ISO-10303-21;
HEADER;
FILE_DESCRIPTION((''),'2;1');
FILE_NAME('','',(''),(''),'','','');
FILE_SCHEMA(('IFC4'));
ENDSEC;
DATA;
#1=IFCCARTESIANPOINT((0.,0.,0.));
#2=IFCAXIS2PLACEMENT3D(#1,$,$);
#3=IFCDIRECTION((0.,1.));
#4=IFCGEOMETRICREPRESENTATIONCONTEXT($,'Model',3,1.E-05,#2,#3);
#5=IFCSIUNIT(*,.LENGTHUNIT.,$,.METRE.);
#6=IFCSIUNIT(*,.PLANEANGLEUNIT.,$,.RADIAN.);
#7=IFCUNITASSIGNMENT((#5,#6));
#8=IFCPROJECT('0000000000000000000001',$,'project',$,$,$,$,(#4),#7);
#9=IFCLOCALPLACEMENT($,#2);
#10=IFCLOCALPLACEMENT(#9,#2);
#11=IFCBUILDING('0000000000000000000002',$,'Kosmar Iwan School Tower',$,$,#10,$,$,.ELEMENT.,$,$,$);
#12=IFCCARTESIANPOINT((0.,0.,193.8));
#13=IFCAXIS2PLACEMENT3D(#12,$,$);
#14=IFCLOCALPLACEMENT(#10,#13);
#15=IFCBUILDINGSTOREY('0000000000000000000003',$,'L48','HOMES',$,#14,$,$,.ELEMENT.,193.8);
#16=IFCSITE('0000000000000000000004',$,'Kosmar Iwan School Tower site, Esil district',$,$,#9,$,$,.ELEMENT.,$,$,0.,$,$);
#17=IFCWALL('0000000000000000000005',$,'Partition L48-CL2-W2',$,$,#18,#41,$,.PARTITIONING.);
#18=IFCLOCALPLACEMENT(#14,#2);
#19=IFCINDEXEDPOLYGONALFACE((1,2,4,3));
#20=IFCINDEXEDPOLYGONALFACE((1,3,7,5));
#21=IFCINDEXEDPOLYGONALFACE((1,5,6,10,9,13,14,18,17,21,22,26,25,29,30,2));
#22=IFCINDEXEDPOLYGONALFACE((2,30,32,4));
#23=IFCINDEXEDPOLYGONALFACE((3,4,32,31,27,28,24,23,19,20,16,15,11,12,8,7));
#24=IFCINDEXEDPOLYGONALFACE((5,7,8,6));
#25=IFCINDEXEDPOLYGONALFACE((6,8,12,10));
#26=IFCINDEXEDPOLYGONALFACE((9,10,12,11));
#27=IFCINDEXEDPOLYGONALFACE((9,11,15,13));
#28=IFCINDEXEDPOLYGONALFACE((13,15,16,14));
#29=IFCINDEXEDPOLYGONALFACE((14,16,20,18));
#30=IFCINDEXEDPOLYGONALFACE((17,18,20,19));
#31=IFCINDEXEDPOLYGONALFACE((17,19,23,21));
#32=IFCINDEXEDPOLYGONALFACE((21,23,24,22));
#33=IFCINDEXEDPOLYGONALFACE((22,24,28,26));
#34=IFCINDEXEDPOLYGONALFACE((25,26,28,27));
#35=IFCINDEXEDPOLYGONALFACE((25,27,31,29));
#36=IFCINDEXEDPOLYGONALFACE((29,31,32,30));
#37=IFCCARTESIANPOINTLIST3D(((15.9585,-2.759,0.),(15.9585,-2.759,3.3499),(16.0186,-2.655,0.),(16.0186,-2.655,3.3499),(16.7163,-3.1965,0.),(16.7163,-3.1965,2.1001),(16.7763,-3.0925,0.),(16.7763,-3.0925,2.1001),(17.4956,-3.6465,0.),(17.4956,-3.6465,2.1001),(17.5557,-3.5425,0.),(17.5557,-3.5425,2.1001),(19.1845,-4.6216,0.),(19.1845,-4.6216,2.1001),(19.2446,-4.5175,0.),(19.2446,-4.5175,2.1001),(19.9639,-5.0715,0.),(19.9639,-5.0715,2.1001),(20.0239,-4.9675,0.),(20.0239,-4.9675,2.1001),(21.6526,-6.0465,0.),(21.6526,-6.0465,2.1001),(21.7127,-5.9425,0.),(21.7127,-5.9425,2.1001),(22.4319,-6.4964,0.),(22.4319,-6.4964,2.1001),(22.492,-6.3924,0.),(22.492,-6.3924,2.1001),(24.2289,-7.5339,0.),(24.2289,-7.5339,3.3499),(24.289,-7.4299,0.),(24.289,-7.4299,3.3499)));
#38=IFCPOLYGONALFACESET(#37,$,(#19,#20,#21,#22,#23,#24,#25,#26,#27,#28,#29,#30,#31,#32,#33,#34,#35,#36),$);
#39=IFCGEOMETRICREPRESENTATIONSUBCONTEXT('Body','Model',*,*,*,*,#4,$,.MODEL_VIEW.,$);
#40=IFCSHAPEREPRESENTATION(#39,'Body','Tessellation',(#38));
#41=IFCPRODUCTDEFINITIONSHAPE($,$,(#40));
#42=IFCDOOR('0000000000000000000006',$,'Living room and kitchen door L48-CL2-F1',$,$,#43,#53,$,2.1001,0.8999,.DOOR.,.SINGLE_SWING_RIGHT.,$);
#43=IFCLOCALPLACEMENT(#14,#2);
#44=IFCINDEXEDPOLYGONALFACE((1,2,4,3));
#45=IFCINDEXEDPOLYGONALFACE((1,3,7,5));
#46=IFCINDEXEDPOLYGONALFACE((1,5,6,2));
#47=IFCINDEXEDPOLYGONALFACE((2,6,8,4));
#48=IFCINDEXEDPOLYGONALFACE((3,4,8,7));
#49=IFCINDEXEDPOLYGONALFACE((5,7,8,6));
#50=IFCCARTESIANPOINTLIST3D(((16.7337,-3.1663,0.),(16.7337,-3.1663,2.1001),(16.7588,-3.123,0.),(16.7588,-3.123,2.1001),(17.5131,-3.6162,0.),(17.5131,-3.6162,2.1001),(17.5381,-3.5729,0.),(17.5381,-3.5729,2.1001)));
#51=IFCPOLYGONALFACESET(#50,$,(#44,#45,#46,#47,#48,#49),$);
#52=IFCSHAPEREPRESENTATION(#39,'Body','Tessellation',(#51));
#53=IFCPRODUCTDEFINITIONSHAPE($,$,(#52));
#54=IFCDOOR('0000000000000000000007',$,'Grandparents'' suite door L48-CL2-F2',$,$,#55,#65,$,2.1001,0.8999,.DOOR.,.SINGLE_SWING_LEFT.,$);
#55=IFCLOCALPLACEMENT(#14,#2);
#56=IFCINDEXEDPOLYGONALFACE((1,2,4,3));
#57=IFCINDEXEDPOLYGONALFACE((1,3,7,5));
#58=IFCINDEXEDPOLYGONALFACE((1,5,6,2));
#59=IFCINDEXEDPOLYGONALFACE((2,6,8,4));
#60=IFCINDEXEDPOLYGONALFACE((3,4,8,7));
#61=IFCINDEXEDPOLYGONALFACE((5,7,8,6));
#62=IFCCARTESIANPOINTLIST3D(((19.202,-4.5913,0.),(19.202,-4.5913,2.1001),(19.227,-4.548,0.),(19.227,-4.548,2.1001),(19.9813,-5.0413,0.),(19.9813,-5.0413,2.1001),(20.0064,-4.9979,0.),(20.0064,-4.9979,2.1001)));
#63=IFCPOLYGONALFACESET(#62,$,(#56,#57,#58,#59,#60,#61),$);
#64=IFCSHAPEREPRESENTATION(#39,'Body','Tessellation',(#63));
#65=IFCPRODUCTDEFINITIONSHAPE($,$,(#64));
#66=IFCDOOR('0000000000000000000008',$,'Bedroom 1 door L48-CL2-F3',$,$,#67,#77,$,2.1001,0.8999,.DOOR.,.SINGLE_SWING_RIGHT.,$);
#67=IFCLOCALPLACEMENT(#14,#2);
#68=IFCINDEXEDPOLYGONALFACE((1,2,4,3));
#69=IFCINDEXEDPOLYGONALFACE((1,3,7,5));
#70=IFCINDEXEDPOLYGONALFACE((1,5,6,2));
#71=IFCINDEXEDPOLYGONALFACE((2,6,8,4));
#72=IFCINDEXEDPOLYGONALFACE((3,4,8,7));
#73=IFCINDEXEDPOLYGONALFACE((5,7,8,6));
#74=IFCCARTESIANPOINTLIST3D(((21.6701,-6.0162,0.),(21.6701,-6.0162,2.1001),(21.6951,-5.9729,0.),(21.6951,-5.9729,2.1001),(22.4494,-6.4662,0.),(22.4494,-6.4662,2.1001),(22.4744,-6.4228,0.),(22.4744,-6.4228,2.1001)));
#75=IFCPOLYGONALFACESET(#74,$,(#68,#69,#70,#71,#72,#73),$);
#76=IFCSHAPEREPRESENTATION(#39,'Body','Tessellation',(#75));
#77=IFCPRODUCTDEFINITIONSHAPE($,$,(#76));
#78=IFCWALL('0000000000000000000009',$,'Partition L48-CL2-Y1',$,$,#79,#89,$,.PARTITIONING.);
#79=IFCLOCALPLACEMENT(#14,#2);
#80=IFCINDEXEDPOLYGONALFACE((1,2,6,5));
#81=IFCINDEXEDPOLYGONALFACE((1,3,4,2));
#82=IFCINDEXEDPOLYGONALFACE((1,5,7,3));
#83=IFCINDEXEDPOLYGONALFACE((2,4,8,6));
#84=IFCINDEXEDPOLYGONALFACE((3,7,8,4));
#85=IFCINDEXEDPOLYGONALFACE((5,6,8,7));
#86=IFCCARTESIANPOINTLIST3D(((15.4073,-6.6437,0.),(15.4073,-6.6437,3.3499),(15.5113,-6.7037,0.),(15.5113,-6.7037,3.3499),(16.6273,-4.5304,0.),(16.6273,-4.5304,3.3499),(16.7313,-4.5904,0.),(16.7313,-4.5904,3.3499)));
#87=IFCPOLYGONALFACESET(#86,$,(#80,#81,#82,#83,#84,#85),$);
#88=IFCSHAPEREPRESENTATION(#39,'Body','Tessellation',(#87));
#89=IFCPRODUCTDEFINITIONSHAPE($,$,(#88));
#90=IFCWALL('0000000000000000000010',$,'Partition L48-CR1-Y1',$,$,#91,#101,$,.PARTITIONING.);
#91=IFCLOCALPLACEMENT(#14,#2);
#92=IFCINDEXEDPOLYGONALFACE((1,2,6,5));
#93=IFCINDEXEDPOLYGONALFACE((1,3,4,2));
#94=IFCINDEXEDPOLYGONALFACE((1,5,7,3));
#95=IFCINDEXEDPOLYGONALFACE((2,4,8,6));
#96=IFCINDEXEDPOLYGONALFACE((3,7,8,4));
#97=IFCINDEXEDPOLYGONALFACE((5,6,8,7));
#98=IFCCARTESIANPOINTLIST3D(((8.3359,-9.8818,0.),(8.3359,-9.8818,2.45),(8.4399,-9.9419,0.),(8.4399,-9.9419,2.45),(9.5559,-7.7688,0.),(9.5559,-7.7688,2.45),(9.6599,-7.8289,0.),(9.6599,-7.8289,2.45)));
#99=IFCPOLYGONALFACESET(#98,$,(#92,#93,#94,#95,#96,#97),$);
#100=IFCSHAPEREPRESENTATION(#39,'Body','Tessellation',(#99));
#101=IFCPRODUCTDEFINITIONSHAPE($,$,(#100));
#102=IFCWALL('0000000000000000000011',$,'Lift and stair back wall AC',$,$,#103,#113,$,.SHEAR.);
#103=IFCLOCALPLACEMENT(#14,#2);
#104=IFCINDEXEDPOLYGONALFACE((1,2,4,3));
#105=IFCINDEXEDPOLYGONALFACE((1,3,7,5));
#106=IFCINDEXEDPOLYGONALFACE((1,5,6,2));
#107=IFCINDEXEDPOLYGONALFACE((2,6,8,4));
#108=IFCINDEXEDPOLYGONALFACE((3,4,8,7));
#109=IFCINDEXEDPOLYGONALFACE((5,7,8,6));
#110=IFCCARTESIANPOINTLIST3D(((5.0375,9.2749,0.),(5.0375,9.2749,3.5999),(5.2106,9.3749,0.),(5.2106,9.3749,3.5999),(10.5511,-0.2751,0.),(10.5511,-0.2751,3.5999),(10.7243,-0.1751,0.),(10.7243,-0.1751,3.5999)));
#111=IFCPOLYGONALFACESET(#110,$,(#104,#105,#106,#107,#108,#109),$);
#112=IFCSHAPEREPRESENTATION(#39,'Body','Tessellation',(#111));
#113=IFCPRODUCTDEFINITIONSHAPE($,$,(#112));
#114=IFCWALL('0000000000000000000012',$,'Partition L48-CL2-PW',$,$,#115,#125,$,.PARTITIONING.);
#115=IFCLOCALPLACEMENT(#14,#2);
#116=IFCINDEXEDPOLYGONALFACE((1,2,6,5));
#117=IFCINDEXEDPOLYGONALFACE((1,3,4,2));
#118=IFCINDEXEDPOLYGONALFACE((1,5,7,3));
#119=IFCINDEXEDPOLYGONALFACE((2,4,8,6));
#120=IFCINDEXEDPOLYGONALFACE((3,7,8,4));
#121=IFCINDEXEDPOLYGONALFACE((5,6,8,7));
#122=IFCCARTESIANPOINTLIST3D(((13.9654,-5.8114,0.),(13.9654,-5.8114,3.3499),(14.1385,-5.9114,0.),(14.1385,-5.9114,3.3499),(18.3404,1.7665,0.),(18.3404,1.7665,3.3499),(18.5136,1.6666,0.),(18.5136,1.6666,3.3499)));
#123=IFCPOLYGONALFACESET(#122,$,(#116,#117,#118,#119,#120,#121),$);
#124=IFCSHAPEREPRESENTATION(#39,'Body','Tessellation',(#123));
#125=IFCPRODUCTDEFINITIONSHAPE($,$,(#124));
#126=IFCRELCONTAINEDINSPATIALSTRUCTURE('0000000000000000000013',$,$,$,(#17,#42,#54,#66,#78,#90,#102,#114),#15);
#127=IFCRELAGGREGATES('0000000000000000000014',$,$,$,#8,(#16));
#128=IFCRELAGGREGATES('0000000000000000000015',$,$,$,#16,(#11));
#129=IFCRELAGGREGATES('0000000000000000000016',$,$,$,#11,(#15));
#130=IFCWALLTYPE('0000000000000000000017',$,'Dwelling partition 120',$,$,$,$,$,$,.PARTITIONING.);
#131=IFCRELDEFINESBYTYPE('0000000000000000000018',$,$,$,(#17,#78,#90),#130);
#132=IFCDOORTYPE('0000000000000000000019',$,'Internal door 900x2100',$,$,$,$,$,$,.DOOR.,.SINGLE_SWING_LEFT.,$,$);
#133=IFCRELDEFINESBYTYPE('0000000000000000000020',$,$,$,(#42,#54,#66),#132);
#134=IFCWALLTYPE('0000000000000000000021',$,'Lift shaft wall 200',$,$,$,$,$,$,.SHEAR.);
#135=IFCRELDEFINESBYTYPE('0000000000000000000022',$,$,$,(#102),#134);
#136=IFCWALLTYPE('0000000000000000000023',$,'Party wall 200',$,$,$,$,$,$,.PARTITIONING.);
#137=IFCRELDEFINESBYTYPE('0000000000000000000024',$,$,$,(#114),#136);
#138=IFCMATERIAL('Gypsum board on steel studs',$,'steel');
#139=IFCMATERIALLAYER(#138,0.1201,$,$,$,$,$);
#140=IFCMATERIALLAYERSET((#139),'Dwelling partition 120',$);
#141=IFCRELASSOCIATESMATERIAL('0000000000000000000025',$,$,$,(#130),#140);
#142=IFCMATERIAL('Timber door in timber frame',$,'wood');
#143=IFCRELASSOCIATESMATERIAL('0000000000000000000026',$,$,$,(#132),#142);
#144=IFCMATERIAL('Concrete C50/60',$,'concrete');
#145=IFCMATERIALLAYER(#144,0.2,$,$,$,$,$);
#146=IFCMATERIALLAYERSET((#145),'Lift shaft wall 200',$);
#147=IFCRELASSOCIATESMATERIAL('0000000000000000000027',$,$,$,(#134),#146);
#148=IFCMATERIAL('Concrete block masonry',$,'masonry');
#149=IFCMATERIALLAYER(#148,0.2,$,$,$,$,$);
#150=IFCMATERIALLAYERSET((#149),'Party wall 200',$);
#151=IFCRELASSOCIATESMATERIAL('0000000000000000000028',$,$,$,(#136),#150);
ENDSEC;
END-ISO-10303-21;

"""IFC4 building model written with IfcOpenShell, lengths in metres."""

from ifc_helpers import new_model, si_unit, direction, frame, frame_2d, origin, place, context, subcontext, project, spatial, rectangle, extrude, material, layer, layer_set, type_object, element, fill, save


model = new_model("IFC4")

# Units and contexts
model_context = context("Model", 3, precision=1e-05, world=origin(), true_north=direction((0.0, 1.0)))
body_context = subcontext(model_context, "Body", "Model", "MODEL_VIEW")
ifc_project = project(units=[si_unit("LENGTHUNIT", "METRE"), si_unit("PLANEANGLEUNIT", "RADIAN")], contexts=[model_context])

# Site, building, storey
site_placement = place(None, origin())
site = spatial("IfcSite", under=ifc_project, at=site_placement, Name="Kosmar Iwan School Tower site, Esil district", CompositionType="ELEMENT", RefElevation=0.0)
building_placement = place(site_placement, origin())
building = spatial("IfcBuilding", under=site, at=building_placement, Name="Kosmar Iwan School Tower", CompositionType="ELEMENT")
storey_placement = place(building_placement, frame((0.0, 0.0, 193.8)))
storey = spatial("IfcBuildingStorey", under=building, at=storey_placement, Name="L48", Description="HOMES", CompositionType="ELEMENT", Elevation=193.8)

# Shared definitions
ifc_material_1 = material(Name="Gypsum board on steel studs", Category="steel")
ifc_layer_1 = layer(ifc_material_1, 0.1201)
ifc_layer_set_1 = layer_set([ifc_layer_1], Name="Dwelling partition 120")
wall_type_1 = type_object("IfcWallType", Name="Dwelling partition 120", PredefinedType="PARTITIONING", material=ifc_layer_set_1)
ifc_material_2 = material(Name="Timber door in timber frame", Category="wood")
door_type_1 = type_object("IfcDoorType", Name="Internal door 900x2100", OperationType="SINGLE_SWING_LEFT", PredefinedType="DOOR", material=ifc_material_2)

# Wall, openings, doors
wall_1_placement = place(storey_placement, frame((15.9885, -2.707, 0.0), z_axis=(0.0, 0.0, 1.0), x_axis=(0.866029, -0.499994, 0.0)))
wall_1 = element("IfcWall", 1, at=wall_1_placement, inside=storey, type_object=wall_type_1, Name="Partition L48-CL2-W2", PredefinedType="PARTITIONING", context=body_context, shape_type="SweptSolid", body=[
    extrude(rectangle(XDim=9.5498, YDim=0.1201, at=frame_2d((4.7749, 0.0))), origin(), (0.0, 0.0, 1.0), 3.3499),
])
opening_1_placement = place(wall_1_placement, frame((0.875, 0.0, 0.0)))
opening_1 = element("IfcOpeningElement", 2, at=opening_1_placement, cuts=wall_1, PredefinedType="OPENING", context=body_context, shape_type="SweptSolid", body=[
    extrude(rectangle(XDim=0.8999, YDim=2.1001, at=frame_2d((0.45, 1.05))), frame((0.0, 0.072, 0.0), z_axis=(0.0, -1.0, 0.0), x_axis=(1.0, 0.0, 0.0)), (0.0, 0.0, 1.0), 0.144),
])
opening_2_placement = place(wall_1_placement, frame((3.7251, 0.0, 0.0)))
opening_2 = element("IfcOpeningElement", 3, at=opening_2_placement, cuts=wall_1, PredefinedType="OPENING", context=body_context, shape_type="SweptSolid", body=[
    extrude(rectangle(XDim=0.8999, YDim=2.1001, at=frame_2d((0.45, 1.05))), frame((0.0, 0.072, 0.0), z_axis=(0.0, -1.0, 0.0), x_axis=(1.0, 0.0, 0.0)), (0.0, 0.0, 1.0), 0.144),
])
opening_3_placement = place(wall_1_placement, frame((6.575, 0.0, 0.0)))
opening_3 = element("IfcOpeningElement", 4, at=opening_3_placement, cuts=wall_1, PredefinedType="OPENING", context=body_context, shape_type="SweptSolid", body=[
    extrude(rectangle(XDim=0.8999, YDim=2.1001, at=frame_2d((0.45, 1.05))), frame((0.0, 0.072, 0.0), z_axis=(0.0, -1.0, 0.0), x_axis=(1.0, 0.0, 0.0)), (0.0, 0.0, 1.0), 0.144),
])
door_1_placement = place(opening_1_placement, origin())
door_1 = element("IfcDoor", 5, at=door_1_placement, inside=storey, type_object=door_type_1, Name="Living room and kitchen door L48-CL2-F1", OperationType="SINGLE_SWING_RIGHT", OverallHeight=2.1001, OverallWidth=0.8999, PredefinedType="DOOR", context=body_context, shape_type="SweptSolid", body=[
    extrude(rectangle(XDim=0.8999, YDim=2.1001, at=frame_2d((0.45, 1.05))), frame((0.0, 0.0249, 0.0), z_axis=(0.0, -1.0, 0.0), x_axis=(1.0, 0.0, 0.0)), (0.0, 0.0, 1.0), 0.05),
])
fill(opening_1, door_1)
door_2_placement = place(opening_2_placement, origin())
door_2 = element("IfcDoor", 6, at=door_2_placement, inside=storey, type_object=door_type_1, Name="Grandparents' suite door L48-CL2-F2", OperationType="SINGLE_SWING_LEFT", OverallHeight=2.1001, OverallWidth=0.8999, PredefinedType="DOOR", context=body_context, shape_type="SweptSolid", body=[
    extrude(rectangle(XDim=0.8999, YDim=2.1001, at=frame_2d((0.45, 1.05))), frame((0.0, 0.0249, 0.0), z_axis=(0.0, -1.0, 0.0), x_axis=(1.0, 0.0, 0.0)), (0.0, 0.0, 1.0), 0.05),
])
fill(opening_2, door_2)
door_3_placement = place(opening_3_placement, origin())
door_3 = element("IfcDoor", 7, at=door_3_placement, inside=storey, type_object=door_type_1, Name="Bedroom 1 door L48-CL2-F3", OperationType="SINGLE_SWING_RIGHT", OverallHeight=2.1001, OverallWidth=0.8999, PredefinedType="DOOR", context=body_context, shape_type="SweptSolid", body=[
    extrude(rectangle(XDim=0.8999, YDim=2.1001, at=frame_2d((0.45, 1.05))), frame((0.0, 0.0249, 0.0), z_axis=(0.0, -1.0, 0.0), x_axis=(1.0, 0.0, 0.0)), (0.0, 0.0, 1.0), 0.05),
])
fill(opening_3, door_3)

# Walls
wall_2_placement = place(storey_placement, frame((15.4592, -6.6738, 0.0), z_axis=(0.0, 0.0, 1.0), x_axis=(0.499959, 0.866049, 0.0)))
element("IfcWall", 8, at=wall_2_placement, inside=storey, type_object=wall_type_1, Name="Partition L48-CL2-Y1", PredefinedType="PARTITIONING", context=body_context, shape_type="SweptSolid", body=[
    extrude(rectangle(XDim=2.4402, YDim=0.1201, at=frame_2d((1.2202, 0.0))), origin(), (0.0, 0.0, 1.0), 3.3499),
])
wall_3_placement = place(storey_placement, frame((9.6079, -7.7988, 0.0), z_axis=(0.0, 0.0, 1.0), x_axis=(-0.500003, -0.866024, 0.0)))
element("IfcWall", 9, at=wall_3_placement, inside=storey, type_object=wall_type_1, Name="Partition L48-CR1-Y1", PredefinedType="PARTITIONING", context=body_context, shape_type="SweptSolid", body=[
    extrude(rectangle(XDim=2.4399, YDim=0.1201, at=frame_2d((1.22, 0.0))), origin(), (0.0, 0.0, 1.0), 2.45),
])
ifc_material_3 = material(Name="Concrete C50/60", Category="concrete")
ifc_layer_2 = layer(ifc_material_3, 0.2)
ifc_layer_set_2 = layer_set([ifc_layer_2], Name="Lift shaft wall 200")
wall_type_2 = type_object("IfcWallType", Name="Lift shaft wall 200", PredefinedType="SHEAR", material=ifc_layer_set_2)
wall_4_placement = place(storey_placement, frame((10.6377, -0.2251, 0.0), z_axis=(0.0, 0.0, 1.0), x_axis=(-0.499997, 0.866027, 0.0)))
element("IfcWall", 10, at=wall_4_placement, inside=storey, type_object=wall_type_2, Name="Lift and stair back wall AC", PredefinedType="SHEAR", context=body_context, shape_type="SweptSolid", body=[
    extrude(rectangle(XDim=11.0273, YDim=0.2, at=frame_2d((5.5137, 0.0))), origin(), (0.0, 0.0, 1.0), 3.5999),
])
ifc_material_4 = material(Name="Concrete block masonry", Category="masonry")
ifc_layer_3 = layer(ifc_material_4, 0.2)
ifc_layer_set_3 = layer_set([ifc_layer_3], Name="Party wall 200")
wall_type_3 = type_object("IfcWallType", Name="Party wall 200", PredefinedType="PARTITIONING", material=ifc_layer_set_3)
wall_5_placement = place(storey_placement, frame((14.052, -5.8613, 0.0), z_axis=(0.0, 0.0, 1.0), x_axis=(0.499992, 0.86603, 0.0)))
element("IfcWall", 11, at=wall_5_placement, inside=storey, type_object=wall_type_3, Name="Partition L48-CL2-PW", PredefinedType="PARTITIONING", context=body_context, shape_type="SweptSolid", body=[
    extrude(rectangle(XDim=8.7502, YDim=0.2, at=frame_2d((4.375, 0.0))), origin(), (0.0, 0.0, 1.0), 3.3499),
])

save(model, "model.ifc")
